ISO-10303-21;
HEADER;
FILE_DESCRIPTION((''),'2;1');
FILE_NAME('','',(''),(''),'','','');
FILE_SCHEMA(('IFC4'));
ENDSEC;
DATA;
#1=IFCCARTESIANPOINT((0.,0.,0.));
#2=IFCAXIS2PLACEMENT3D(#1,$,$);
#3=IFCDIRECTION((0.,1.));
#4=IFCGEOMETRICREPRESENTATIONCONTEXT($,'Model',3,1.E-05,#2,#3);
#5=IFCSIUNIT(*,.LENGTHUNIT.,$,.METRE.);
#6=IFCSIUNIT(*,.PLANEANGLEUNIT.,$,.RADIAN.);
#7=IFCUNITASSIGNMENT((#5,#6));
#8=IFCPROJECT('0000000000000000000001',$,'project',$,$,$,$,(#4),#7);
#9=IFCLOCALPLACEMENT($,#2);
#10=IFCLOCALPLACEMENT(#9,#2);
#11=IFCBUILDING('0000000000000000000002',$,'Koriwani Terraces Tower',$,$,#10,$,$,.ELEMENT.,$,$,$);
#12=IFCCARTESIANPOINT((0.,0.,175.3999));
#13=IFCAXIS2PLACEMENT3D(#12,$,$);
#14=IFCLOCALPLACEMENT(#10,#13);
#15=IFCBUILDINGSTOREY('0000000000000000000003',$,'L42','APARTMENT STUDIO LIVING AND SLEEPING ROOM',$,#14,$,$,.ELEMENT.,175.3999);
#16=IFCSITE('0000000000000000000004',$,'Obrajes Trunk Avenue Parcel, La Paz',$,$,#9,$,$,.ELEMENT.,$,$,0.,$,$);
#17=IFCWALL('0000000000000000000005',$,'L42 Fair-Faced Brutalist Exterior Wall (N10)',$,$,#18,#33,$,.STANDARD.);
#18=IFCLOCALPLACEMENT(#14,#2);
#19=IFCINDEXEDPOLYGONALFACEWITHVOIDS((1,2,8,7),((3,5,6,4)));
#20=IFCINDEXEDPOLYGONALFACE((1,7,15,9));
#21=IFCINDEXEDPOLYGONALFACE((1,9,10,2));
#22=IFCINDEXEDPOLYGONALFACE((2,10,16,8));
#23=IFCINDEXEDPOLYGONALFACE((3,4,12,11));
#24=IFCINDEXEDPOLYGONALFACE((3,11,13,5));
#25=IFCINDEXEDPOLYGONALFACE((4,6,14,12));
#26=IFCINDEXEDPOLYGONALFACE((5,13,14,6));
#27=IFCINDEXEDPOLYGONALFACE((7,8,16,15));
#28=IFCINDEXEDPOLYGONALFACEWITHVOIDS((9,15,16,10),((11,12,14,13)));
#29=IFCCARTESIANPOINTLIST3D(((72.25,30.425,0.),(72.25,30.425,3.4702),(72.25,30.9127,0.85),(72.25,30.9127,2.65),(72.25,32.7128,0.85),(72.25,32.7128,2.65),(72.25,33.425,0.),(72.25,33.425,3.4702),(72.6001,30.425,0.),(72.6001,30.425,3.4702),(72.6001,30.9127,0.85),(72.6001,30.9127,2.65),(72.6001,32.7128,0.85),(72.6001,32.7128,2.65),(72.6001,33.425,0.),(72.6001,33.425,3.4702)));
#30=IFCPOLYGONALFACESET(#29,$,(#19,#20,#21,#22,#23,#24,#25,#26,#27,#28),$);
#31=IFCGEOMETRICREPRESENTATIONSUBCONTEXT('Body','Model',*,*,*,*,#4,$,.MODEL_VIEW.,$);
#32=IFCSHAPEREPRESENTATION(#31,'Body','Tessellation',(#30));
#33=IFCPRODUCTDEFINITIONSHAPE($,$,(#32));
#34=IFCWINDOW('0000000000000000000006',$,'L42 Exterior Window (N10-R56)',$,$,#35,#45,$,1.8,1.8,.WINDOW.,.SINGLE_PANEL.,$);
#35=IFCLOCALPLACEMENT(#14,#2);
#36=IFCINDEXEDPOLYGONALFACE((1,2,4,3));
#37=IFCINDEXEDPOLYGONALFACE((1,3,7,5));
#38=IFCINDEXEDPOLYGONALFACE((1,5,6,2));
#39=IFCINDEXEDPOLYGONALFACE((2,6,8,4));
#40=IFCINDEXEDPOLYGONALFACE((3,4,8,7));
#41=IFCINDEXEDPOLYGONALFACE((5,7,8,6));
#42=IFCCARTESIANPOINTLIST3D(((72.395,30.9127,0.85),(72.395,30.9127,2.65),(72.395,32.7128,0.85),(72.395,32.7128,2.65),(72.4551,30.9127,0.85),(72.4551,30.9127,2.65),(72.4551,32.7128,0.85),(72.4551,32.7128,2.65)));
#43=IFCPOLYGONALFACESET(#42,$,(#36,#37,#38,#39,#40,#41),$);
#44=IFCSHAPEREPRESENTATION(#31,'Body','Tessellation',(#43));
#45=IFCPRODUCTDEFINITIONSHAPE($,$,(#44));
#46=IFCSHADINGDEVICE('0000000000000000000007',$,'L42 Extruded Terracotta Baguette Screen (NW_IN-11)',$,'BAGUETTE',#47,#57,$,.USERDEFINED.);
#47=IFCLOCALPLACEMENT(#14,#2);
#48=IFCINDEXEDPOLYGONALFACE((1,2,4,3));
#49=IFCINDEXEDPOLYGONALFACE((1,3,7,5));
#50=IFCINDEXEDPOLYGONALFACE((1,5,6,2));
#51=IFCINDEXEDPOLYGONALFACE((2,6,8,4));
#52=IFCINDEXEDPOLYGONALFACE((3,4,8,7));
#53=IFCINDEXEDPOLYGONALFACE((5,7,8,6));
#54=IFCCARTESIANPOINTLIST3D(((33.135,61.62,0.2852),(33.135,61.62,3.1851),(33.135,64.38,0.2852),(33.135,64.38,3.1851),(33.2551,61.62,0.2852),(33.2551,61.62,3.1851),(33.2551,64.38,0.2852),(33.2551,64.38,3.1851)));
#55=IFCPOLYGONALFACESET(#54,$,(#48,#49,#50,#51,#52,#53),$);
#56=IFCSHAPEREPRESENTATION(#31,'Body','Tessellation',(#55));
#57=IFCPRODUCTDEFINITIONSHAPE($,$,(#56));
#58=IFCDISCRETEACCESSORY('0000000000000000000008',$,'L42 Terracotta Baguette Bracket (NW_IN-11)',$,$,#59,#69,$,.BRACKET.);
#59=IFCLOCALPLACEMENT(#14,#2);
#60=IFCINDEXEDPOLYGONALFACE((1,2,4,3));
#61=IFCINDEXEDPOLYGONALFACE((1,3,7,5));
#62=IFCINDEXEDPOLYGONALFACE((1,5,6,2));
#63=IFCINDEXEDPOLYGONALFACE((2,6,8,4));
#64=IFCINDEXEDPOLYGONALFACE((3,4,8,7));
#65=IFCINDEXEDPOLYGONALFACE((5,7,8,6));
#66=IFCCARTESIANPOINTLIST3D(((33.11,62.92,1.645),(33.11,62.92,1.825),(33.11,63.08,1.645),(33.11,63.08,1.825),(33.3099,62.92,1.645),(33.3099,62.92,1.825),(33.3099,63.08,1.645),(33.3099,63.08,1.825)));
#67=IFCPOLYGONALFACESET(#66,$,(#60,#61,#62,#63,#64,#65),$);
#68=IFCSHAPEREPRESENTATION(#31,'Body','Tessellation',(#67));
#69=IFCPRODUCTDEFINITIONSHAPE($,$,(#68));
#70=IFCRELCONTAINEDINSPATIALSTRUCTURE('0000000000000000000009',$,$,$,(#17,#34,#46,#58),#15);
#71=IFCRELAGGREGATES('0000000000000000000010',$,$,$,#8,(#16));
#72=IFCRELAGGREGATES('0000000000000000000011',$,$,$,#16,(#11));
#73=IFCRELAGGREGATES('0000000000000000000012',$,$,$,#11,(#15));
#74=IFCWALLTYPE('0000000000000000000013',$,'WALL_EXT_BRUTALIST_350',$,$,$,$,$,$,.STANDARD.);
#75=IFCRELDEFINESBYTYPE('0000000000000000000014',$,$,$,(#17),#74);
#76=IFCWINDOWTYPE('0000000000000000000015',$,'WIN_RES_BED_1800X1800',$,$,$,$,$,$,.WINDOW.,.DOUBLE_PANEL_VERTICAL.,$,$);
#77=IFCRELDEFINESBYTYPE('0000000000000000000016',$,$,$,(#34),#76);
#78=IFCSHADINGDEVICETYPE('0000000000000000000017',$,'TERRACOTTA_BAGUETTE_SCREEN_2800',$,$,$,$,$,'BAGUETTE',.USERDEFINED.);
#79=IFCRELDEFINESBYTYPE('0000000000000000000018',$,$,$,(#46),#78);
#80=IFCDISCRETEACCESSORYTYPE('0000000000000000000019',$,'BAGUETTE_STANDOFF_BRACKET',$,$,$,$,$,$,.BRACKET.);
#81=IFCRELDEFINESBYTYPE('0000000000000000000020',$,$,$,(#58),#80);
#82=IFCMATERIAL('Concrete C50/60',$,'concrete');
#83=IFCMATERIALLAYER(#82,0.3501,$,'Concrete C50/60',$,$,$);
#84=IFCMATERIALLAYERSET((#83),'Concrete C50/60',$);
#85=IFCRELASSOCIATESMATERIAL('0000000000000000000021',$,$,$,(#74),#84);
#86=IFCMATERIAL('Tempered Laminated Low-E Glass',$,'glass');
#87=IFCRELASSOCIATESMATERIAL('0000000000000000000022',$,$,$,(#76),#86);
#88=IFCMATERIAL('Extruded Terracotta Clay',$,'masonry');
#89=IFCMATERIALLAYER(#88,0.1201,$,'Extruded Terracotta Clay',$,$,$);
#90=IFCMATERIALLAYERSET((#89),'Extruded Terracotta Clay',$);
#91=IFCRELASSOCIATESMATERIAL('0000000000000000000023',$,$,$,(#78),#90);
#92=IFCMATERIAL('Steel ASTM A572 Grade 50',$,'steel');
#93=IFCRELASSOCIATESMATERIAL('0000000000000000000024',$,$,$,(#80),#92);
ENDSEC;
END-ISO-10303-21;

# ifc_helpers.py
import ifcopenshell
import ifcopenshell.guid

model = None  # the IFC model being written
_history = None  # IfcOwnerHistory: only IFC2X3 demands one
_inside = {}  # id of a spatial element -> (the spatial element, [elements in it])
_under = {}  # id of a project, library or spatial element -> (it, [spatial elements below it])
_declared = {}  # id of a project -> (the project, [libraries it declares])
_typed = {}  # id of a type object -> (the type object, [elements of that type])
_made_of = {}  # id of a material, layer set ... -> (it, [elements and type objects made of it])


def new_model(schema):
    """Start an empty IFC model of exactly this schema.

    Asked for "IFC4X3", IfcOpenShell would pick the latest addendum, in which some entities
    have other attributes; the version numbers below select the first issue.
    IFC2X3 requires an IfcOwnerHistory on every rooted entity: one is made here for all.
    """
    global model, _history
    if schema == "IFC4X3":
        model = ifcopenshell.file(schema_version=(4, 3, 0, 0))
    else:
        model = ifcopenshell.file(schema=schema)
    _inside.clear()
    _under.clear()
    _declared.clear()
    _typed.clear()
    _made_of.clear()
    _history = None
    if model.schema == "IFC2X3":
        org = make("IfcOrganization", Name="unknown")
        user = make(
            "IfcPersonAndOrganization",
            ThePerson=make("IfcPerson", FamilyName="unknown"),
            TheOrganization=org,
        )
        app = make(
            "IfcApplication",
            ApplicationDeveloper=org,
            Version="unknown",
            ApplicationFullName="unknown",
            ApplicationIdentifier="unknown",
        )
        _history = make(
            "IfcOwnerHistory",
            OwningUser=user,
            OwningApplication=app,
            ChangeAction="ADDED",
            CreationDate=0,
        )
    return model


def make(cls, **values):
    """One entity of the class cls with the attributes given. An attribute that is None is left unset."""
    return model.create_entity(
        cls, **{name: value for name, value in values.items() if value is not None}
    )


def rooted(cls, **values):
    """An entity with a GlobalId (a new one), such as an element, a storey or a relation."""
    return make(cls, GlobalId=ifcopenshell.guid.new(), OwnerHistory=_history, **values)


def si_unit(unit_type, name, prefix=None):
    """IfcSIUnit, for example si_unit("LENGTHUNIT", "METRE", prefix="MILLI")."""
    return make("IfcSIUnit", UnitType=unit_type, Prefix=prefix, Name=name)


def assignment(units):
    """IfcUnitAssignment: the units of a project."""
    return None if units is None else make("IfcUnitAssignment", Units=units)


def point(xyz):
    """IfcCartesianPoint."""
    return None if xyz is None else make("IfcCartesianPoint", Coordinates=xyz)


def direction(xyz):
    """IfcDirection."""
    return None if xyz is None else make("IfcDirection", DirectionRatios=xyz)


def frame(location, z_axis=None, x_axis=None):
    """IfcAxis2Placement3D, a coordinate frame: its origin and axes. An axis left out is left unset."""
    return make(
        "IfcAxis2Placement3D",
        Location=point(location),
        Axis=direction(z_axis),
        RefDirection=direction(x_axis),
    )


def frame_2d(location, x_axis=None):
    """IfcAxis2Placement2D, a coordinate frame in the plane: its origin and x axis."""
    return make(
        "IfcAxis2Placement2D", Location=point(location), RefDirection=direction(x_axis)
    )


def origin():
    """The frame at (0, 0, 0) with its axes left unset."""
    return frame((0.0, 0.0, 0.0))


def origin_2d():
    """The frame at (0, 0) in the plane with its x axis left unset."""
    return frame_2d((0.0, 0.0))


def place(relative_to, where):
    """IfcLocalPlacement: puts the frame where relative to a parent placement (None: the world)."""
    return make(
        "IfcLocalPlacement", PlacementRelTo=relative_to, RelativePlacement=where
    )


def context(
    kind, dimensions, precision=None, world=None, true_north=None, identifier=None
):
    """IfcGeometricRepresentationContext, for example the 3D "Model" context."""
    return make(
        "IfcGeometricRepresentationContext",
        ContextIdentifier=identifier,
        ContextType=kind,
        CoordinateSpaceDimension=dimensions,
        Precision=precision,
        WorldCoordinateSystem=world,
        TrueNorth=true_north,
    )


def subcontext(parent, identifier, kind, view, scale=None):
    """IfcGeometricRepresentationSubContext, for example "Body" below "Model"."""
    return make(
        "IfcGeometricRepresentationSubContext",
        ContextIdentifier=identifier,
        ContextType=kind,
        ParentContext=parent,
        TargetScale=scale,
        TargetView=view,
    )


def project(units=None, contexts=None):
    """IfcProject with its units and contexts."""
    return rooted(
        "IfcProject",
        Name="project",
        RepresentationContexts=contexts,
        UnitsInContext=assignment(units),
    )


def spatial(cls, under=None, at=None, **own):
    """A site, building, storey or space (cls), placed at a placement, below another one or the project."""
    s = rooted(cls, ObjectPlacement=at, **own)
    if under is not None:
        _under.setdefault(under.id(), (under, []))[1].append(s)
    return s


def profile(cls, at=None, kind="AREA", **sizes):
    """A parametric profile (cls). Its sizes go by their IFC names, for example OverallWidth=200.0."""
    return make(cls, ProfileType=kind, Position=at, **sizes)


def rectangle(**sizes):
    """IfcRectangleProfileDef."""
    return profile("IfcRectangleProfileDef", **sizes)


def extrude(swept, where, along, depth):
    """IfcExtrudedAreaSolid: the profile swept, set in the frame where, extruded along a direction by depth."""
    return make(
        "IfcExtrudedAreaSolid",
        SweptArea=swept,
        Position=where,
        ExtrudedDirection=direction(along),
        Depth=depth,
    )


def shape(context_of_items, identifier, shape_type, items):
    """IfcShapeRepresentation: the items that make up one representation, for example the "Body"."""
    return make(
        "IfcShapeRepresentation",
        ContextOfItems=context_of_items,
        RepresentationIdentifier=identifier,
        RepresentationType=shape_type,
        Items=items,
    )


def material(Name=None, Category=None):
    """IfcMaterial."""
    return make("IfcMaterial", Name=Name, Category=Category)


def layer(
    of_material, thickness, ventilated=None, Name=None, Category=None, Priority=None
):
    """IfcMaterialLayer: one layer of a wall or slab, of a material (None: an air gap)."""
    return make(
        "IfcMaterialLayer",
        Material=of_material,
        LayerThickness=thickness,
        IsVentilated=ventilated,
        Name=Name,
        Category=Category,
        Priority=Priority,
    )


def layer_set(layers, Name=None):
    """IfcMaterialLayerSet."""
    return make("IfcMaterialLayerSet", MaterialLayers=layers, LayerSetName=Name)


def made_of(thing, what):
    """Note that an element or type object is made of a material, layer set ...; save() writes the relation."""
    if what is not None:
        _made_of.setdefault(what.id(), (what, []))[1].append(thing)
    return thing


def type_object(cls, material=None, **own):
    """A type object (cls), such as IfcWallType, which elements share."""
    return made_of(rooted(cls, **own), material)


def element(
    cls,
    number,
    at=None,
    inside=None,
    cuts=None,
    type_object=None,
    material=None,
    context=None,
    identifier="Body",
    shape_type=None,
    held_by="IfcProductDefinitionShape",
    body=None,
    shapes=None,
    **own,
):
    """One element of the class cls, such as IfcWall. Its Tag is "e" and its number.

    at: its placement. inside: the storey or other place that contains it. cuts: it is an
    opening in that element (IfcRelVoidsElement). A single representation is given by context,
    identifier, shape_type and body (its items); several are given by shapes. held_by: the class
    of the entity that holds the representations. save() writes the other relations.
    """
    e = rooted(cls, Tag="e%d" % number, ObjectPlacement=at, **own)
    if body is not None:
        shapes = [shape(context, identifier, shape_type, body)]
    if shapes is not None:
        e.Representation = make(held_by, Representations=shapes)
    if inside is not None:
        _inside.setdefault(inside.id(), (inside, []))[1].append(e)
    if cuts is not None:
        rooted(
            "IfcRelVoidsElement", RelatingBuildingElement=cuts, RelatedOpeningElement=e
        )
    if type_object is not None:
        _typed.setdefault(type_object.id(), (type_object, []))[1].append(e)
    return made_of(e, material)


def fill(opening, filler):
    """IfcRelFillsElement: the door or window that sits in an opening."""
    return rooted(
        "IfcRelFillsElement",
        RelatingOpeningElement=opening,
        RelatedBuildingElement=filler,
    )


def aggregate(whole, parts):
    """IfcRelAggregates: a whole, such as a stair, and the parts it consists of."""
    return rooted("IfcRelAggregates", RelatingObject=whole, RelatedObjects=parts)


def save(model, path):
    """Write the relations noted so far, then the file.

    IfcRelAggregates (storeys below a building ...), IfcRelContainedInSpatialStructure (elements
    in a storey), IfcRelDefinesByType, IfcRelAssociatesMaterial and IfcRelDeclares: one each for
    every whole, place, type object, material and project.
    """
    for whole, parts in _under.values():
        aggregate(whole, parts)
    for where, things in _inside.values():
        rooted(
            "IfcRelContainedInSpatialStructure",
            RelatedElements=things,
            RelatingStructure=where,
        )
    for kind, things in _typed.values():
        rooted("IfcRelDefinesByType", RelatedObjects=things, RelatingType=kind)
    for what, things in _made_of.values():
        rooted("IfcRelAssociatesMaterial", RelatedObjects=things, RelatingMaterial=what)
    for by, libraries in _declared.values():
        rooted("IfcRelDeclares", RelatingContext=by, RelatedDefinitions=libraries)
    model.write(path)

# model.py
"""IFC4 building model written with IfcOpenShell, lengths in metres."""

from ifc_helpers import new_model, si_unit, direction, frame, frame_2d, origin, origin_2d, place, context, subcontext, project, spatial, rectangle, extrude, material, layer, layer_set, type_object, element, fill, save


model = new_model("IFC4")

# Units and contexts
model_context = context("Model", 3, precision=1e-05, world=origin(), true_north=direction((0.0, 1.0)))
body_context = subcontext(model_context, "Body", "Model", "MODEL_VIEW")
ifc_project = project(units=[si_unit("LENGTHUNIT", "METRE"), si_unit("PLANEANGLEUNIT", "RADIAN")], contexts=[model_context])

# Site, building, storey
site_placement = place(None, origin())
site = spatial("IfcSite", under=ifc_project, at=site_placement, Name="Obrajes Trunk Avenue Parcel, La Paz", CompositionType="ELEMENT", RefElevation=0.0)
building_placement = place(site_placement, origin())
building = spatial("IfcBuilding", under=site, at=building_placement, Name="Koriwani Terraces Tower", CompositionType="ELEMENT")
storey_placement = place(building_placement, frame((0.0, 0.0, 175.3999)))
storey = spatial("IfcBuildingStorey", under=building, at=storey_placement, Name="L42", Description="APARTMENT STUDIO LIVING AND SLEEPING ROOM", CompositionType="ELEMENT", Elevation=175.3999)

# Shared definitions
ifc_material_1 = material(Name="Concrete C50/60", Category="concrete")

# Shared definitions
ifc_material_2 = material(Name="Tempered Laminated Low-E Glass", Category="glass")

# Shared definitions
ifc_layer_1 = layer(ifc_material_1, 0.3501, Name="Concrete C50/60")
ifc_layer_set_1 = layer_set([ifc_layer_1], Name="Concrete C50/60")
wall_type = type_object("IfcWallType", Name="WALL_EXT_BRUTALIST_350", PredefinedType="STANDARD", material=ifc_layer_set_1)

# Shared definitions
window_type_1 = type_object("IfcWindowType", Name="WIN_RES_BED_1800X1800", PartitioningType="DOUBLE_PANEL_VERTICAL", PredefinedType="WINDOW", material=ifc_material_2)

# Wall, opening, window
wall_1_placement = place(storey_placement, frame((72.425, 33.425, 0.0), z_axis=(0.0, 0.0, 1.0), x_axis=(0.0, -1.0, 0.0)))
wall_1 = element("IfcWall", 1, at=wall_1_placement, inside=storey, type_object=wall_type, Name="L42 Fair-Faced Brutalist Exterior Wall (N10)", PredefinedType="STANDARD", context=body_context, shape_type="SweptSolid", body=[
    extrude(rectangle(XDim=3.0, YDim=0.3501, at=frame_2d((1.5, 0.0))), origin(), (0.0, 0.0, 1.0), 3.4702),
])
opening_1_placement = place(wall_1_placement, frame((0.7124, 0.0, 0.8501)))
opening_1 = element("IfcOpeningElement", 2, at=opening_1_placement, cuts=wall_1, PredefinedType="OPENING", context=body_context, shape_type="SweptSolid", body=[
    extrude(rectangle(XDim=1.8, YDim=1.8, at=frame_2d((0.8999, 0.8999))), frame((0.0, 0.1851, 0.0), z_axis=(0.0, -1.0, 0.0), x_axis=(1.0, 0.0, 0.0)), (0.0, 0.0, 1.0), 0.3701),
])
window_1_placement = place(opening_1_placement, origin())
window_1 = element("IfcWindow", 3, at=window_1_placement, inside=storey, type_object=window_type_1, Name="L42 Exterior Window (N10-R56)", OverallHeight=1.8, OverallWidth=1.8, PartitioningType="SINGLE_PANEL", PredefinedType="WINDOW", context=body_context, shape_type="SweptSolid", body=[
    extrude(rectangle(XDim=1.8, YDim=1.8, at=frame_2d((0.8999, 0.8999))), frame((0.0, 0.03, 0.0), z_axis=(0.0, -1.0, 0.0), x_axis=(1.0, 0.0, 0.0)), (0.0, 0.0, 1.0), 0.0601),
])
fill(opening_1, window_1)

# Shared definitions
ifc_material_3 = material(Name="Steel ASTM A572 Grade 50", Category="steel")

# Shading device
ifc_material_4 = material(Name="Extruded Terracotta Clay", Category="masonry")
ifc_layer_2 = layer(ifc_material_4, 0.1201, Name="Extruded Terracotta Clay")
ifc_layer_set_2 = layer_set([ifc_layer_2], Name="Extruded Terracotta Clay")
shading_device_type = type_object("IfcShadingDeviceType", Name="TERRACOTTA_BAGUETTE_SCREEN_2800", ElementType="BAGUETTE", PredefinedType="USERDEFINED", material=ifc_layer_set_2)
shading_device_placement = place(storey_placement, frame((33.1951, 63.0, 0.2852), z_axis=(0.0, 0.0, 1.0), x_axis=(0.0, -1.0, 0.0)))
element("IfcShadingDevice", 4, at=shading_device_placement, inside=storey, type_object=shading_device_type, Name="L42 Extruded Terracotta Baguette Screen (NW_IN-11)", ObjectType="BAGUETTE", PredefinedType="USERDEFINED", context=body_context, shape_type="SweptSolid", body=[
    extrude(rectangle(XDim=2.76, YDim=0.1201, at=origin_2d()), origin(), (0.0, 0.0, 1.0), 2.8999),
])

# Discrete accessory
discrete_accessory_type = type_object("IfcDiscreteAccessoryType", Name="BAGUETTE_STANDOFF_BRACKET", PredefinedType="BRACKET", material=ifc_material_3)
discrete_accessory_placement = place(storey_placement, frame((33.21, 63.0, 1.645), z_axis=(0.0, 0.0, 1.0), x_axis=(0.0, -1.0, 0.0)))
element("IfcDiscreteAccessory", 5, at=discrete_accessory_placement, inside=storey, type_object=discrete_accessory_type, Name="L42 Terracotta Baguette Bracket (NW_IN-11)", PredefinedType="BRACKET", context=body_context, shape_type="SweptSolid", body=[
    extrude(rectangle(XDim=0.1599, YDim=0.2, at=origin_2d()), origin(), (0.0, 0.0, 1.0), 0.1799),
])

save(model, "model.ifc")
